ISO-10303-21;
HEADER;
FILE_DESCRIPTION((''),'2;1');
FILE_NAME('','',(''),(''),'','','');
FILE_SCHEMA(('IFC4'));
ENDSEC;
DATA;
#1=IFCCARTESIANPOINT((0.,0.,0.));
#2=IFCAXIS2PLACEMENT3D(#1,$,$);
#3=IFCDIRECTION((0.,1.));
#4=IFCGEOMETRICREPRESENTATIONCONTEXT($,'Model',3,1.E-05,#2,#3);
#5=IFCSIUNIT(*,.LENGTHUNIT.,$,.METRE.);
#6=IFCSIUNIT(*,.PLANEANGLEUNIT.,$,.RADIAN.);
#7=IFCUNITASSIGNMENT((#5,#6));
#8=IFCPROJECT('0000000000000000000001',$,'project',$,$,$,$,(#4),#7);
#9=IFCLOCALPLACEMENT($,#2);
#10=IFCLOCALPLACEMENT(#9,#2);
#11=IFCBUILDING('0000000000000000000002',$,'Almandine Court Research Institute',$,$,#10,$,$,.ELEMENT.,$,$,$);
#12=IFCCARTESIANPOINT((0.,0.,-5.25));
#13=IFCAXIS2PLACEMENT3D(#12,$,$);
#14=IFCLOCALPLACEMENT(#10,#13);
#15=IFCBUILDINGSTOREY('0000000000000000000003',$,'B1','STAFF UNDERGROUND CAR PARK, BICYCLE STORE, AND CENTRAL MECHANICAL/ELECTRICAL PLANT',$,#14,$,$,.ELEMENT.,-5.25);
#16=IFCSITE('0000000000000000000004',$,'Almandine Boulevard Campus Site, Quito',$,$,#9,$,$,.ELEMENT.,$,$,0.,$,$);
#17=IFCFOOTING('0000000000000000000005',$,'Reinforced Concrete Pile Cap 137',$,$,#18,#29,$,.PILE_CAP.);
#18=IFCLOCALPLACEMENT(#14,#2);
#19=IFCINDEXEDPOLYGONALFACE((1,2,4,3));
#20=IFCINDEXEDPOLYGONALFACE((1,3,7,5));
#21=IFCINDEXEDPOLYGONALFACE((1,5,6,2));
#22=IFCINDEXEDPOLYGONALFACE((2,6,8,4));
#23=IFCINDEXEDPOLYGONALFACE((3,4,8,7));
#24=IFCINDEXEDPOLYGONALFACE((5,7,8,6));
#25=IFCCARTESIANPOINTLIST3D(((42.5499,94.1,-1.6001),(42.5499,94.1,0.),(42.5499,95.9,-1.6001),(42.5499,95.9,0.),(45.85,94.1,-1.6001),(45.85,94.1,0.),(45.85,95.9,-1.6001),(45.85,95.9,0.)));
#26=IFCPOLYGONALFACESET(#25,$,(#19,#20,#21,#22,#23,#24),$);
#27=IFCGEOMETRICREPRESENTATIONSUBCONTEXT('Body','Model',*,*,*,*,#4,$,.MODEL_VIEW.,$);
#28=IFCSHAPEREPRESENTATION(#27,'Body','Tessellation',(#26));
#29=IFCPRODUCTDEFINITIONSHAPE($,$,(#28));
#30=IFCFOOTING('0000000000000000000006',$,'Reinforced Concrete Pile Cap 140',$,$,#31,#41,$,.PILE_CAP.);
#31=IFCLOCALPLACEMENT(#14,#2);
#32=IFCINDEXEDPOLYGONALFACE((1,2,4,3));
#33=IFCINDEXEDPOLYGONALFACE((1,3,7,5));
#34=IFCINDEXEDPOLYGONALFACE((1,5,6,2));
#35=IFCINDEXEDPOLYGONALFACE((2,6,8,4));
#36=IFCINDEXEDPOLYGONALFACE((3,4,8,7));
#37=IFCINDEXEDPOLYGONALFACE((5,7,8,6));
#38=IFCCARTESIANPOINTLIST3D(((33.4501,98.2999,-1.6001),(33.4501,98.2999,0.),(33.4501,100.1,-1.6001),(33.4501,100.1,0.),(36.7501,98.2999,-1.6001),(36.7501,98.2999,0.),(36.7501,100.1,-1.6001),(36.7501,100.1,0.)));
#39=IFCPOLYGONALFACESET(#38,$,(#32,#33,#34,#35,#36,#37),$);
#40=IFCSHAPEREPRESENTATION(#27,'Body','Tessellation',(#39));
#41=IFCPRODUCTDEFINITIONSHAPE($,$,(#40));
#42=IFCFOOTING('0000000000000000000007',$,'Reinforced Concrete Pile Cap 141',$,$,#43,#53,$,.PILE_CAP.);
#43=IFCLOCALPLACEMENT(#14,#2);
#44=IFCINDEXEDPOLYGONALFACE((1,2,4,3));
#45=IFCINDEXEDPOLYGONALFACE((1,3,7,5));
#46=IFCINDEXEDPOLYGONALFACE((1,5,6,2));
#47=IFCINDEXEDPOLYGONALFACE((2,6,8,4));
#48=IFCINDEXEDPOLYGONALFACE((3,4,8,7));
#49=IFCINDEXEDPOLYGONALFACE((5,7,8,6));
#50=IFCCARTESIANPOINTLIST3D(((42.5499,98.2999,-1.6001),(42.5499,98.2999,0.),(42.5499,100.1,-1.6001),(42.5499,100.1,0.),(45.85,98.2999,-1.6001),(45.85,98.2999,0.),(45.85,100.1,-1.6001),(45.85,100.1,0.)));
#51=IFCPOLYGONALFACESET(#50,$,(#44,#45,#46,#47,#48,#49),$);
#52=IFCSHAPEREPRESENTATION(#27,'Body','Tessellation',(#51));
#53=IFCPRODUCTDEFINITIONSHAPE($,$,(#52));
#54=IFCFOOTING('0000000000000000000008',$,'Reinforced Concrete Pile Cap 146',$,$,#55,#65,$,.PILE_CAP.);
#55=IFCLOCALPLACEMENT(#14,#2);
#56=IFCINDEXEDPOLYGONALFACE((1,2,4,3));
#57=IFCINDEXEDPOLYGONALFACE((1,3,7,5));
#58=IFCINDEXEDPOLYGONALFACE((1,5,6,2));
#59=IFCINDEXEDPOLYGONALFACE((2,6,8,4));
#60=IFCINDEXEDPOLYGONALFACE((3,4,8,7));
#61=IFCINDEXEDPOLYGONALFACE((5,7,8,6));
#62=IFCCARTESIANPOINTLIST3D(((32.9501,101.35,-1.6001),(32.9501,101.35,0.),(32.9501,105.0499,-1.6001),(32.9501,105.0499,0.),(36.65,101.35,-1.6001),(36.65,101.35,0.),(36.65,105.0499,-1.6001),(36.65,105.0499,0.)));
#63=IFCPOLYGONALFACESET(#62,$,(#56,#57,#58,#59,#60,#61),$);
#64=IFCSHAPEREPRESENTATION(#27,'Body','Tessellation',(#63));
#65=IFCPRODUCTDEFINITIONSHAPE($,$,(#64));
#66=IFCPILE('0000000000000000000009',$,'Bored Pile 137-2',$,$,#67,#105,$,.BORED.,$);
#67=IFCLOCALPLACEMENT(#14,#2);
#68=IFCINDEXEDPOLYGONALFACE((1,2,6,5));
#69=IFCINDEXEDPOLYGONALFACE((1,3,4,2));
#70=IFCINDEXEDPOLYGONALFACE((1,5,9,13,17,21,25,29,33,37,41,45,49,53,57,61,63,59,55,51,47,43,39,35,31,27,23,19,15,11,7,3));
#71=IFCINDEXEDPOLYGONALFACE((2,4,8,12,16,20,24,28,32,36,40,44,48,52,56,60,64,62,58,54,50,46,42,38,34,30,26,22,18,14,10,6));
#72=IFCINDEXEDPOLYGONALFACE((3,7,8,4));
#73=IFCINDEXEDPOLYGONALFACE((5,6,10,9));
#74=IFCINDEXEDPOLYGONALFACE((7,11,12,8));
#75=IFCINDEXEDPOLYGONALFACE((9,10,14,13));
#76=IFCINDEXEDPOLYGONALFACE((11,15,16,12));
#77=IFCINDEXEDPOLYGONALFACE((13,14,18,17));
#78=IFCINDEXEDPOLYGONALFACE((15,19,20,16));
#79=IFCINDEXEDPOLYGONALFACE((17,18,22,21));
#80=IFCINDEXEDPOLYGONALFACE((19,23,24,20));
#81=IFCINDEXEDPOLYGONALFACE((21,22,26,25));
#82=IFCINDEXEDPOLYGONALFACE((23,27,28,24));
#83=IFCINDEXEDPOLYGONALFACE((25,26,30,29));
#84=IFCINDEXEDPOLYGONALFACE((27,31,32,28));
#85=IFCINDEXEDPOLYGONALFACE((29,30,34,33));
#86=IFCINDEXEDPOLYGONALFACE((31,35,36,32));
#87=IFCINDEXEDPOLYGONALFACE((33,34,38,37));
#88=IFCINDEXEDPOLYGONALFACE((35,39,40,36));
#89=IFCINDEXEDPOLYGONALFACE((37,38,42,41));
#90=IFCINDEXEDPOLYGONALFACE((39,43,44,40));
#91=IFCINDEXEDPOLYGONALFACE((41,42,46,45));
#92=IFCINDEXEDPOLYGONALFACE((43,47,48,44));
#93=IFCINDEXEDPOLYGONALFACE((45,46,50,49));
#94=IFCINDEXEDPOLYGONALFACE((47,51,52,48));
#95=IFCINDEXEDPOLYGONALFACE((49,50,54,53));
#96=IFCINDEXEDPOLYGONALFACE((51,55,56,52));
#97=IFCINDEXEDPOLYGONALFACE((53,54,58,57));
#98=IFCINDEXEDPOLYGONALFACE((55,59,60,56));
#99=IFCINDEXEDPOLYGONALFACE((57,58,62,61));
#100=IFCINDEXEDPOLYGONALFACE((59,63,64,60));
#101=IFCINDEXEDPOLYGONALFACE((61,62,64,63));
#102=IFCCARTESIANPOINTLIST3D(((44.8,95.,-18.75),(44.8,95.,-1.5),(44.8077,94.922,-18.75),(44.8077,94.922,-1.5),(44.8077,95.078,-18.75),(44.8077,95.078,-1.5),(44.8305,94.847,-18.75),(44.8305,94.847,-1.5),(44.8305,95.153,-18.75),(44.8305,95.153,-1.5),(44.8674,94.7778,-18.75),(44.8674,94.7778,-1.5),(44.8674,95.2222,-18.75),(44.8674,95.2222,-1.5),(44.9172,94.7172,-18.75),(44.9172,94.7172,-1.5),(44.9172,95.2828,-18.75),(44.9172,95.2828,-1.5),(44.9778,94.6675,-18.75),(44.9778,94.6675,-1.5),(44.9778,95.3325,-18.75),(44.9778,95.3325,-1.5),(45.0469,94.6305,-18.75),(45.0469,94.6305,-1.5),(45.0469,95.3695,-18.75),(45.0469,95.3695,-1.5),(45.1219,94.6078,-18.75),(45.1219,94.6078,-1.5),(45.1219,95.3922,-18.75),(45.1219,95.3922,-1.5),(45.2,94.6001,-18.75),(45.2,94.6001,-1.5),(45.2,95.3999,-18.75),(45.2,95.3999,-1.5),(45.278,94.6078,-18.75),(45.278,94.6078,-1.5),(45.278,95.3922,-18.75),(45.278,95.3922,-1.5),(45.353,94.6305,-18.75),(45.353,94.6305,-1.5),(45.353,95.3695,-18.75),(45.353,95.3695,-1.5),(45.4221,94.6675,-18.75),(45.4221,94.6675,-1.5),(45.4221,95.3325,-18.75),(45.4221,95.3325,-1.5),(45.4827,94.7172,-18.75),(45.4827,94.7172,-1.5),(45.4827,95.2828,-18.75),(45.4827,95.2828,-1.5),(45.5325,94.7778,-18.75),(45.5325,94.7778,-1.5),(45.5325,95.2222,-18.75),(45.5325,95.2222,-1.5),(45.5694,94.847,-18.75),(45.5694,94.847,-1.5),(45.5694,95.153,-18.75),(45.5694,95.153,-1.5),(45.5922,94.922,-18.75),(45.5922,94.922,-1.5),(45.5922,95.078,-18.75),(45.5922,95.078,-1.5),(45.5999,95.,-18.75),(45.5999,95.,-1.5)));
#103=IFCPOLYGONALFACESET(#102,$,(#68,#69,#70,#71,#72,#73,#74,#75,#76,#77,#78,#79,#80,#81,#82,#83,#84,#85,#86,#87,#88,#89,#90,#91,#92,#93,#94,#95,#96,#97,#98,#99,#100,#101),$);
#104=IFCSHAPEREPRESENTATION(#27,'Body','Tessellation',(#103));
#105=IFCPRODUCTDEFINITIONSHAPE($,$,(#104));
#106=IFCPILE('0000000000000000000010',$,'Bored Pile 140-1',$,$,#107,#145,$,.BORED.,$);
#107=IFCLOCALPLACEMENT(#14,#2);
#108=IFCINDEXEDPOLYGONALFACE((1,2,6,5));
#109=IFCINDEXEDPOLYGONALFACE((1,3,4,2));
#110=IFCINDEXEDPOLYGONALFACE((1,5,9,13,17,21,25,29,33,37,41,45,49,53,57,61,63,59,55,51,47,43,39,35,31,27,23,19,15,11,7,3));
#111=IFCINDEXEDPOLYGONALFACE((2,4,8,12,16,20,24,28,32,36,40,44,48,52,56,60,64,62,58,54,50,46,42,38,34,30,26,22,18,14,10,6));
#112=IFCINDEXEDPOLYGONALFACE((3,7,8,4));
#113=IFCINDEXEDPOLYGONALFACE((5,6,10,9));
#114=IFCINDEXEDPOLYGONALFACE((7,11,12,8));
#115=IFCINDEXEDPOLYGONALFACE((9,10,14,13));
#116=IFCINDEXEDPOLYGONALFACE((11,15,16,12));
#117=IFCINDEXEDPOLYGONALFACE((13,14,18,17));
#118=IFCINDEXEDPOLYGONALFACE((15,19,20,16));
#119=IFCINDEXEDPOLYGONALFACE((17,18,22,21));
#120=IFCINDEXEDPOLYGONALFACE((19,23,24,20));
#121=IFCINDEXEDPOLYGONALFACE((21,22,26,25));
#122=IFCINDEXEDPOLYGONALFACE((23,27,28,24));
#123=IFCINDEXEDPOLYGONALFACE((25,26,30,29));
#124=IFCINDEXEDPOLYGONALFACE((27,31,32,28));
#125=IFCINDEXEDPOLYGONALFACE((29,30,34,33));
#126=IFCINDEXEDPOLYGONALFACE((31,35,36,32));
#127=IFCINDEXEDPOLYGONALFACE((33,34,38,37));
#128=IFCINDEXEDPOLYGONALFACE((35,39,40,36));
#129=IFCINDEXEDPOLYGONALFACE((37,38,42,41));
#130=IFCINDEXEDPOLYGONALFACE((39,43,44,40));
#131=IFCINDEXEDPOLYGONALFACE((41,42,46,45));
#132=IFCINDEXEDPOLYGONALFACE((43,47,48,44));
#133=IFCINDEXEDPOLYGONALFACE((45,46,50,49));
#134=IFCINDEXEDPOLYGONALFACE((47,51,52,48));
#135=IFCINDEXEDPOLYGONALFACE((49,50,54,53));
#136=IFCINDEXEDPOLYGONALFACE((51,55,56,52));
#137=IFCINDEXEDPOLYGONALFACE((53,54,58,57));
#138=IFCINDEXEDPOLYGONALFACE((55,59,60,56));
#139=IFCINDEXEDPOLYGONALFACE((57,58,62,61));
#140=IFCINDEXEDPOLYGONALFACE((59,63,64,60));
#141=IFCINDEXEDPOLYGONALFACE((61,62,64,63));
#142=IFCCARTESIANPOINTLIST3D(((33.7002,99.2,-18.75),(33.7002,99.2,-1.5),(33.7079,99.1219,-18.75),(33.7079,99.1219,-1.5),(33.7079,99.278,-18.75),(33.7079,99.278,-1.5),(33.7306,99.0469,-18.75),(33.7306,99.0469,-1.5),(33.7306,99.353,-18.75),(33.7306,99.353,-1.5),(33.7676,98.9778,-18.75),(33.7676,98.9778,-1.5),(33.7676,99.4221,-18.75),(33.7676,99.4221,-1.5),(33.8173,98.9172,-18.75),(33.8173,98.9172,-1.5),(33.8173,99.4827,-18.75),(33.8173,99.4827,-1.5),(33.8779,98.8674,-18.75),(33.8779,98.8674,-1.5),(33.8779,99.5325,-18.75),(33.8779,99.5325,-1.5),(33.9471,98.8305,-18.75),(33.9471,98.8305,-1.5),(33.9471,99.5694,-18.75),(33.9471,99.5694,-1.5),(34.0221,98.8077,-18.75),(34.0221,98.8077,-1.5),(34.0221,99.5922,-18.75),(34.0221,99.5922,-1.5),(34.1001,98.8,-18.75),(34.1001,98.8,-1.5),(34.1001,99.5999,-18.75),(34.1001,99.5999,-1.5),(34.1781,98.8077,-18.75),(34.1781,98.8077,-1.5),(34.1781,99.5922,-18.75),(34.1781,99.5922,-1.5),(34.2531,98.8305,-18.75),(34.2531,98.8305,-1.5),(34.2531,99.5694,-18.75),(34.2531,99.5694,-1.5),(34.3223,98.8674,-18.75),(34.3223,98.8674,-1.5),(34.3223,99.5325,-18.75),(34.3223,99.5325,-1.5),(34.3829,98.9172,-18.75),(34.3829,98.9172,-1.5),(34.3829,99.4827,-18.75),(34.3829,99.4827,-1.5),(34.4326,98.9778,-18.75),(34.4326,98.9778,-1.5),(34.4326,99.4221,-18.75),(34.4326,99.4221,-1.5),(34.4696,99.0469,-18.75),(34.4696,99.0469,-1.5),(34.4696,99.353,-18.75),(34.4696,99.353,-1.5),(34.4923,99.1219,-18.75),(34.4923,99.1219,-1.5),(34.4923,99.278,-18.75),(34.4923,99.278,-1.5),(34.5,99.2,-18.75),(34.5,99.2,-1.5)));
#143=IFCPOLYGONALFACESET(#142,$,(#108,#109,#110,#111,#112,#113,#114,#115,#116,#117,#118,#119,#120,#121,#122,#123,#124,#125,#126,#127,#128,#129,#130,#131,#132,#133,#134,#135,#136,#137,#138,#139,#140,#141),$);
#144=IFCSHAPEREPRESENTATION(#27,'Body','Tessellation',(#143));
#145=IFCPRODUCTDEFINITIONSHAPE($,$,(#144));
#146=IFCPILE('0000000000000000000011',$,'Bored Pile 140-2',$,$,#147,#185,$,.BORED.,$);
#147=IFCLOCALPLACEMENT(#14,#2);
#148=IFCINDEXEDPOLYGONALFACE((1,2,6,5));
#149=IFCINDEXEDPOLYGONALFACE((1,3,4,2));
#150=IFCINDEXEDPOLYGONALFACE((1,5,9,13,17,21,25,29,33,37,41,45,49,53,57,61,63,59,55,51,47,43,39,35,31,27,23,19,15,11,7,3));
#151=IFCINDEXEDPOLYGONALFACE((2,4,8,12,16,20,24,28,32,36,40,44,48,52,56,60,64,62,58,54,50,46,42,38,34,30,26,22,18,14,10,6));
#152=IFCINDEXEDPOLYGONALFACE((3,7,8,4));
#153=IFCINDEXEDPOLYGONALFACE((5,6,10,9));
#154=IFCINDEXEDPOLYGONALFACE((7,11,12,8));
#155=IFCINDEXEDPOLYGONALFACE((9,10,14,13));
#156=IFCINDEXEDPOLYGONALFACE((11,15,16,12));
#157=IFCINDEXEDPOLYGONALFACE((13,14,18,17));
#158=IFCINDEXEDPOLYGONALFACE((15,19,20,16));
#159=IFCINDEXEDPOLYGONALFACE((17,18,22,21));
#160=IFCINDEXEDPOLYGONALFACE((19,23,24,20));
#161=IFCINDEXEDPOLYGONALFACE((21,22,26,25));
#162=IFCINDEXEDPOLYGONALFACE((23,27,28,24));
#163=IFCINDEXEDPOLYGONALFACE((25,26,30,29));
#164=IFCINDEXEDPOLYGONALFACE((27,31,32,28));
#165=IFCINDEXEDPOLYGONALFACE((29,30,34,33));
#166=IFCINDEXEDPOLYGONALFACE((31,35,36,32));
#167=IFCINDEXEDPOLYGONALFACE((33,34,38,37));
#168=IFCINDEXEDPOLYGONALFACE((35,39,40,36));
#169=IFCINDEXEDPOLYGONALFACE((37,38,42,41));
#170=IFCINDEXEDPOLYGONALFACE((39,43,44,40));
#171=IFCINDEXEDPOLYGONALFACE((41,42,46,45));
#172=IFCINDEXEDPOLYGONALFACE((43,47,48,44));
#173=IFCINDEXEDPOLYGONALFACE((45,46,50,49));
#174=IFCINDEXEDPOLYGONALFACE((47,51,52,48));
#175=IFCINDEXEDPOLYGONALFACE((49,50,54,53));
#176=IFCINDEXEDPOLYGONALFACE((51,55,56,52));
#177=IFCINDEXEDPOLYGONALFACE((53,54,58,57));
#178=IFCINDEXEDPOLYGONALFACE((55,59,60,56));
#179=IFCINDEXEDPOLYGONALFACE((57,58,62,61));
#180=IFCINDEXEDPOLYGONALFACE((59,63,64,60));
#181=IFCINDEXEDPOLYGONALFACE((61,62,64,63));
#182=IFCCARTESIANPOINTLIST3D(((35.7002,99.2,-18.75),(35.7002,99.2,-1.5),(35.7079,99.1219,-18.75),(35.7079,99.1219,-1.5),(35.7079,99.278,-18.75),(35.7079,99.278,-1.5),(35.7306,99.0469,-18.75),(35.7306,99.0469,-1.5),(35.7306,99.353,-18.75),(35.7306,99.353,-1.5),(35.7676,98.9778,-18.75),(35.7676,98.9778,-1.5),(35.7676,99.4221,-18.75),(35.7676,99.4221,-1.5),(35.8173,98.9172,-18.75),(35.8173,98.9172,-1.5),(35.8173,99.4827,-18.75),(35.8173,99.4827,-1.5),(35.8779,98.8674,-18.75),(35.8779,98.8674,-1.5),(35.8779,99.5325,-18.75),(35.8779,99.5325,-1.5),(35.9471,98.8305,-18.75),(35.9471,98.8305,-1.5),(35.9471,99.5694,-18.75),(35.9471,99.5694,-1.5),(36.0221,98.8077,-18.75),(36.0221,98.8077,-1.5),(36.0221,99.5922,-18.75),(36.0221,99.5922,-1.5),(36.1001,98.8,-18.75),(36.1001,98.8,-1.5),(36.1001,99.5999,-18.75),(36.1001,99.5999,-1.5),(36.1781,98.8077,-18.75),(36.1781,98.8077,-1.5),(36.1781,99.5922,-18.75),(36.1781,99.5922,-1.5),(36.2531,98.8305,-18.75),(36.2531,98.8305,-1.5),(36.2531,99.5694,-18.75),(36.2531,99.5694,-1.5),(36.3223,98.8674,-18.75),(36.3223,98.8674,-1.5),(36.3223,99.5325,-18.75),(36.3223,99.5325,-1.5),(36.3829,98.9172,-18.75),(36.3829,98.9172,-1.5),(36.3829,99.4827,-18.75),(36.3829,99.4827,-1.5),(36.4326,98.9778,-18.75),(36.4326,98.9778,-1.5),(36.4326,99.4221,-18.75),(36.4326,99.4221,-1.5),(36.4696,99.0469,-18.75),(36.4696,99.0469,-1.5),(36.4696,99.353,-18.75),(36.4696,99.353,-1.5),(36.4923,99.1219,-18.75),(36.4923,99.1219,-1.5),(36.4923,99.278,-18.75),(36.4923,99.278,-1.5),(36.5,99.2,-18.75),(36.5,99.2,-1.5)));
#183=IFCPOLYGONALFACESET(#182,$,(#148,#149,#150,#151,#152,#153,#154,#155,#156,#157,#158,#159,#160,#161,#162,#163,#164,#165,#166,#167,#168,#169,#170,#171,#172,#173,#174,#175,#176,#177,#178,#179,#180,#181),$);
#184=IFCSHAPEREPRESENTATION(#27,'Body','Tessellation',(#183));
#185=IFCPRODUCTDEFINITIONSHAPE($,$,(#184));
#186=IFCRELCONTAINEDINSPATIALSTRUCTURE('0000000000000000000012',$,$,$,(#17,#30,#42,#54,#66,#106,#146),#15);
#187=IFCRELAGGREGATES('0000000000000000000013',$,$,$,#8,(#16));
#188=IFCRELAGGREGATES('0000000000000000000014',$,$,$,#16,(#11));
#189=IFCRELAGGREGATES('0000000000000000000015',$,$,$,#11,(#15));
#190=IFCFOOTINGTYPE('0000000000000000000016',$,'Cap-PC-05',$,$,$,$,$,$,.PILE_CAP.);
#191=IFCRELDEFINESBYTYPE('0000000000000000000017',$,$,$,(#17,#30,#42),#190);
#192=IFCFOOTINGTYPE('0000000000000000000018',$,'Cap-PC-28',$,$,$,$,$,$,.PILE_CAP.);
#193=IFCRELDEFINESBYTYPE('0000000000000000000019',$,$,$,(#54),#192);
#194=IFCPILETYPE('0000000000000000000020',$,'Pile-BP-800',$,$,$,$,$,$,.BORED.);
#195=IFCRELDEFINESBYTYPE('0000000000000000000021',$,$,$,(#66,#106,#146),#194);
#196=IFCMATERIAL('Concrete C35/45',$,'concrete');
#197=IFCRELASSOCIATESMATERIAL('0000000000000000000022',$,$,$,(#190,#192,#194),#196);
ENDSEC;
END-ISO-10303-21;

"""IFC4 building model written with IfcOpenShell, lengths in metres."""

from ifc_helpers import new_model, si_unit, direction, frame, origin, origin_2d, place, context, subcontext, project, spatial, rectangle, circle, extrude, material, material_profile, profile_set, type_object, element, save


model = new_model("IFC4")

# Units and contexts
model_context = context("Model", 3, precision=1e-05, world=origin(), true_north=direction((0.0, 1.0)))
body_context = subcontext(model_context, "Body", "Model", "MODEL_VIEW")
ifc_project = project(units=[si_unit("LENGTHUNIT", "METRE"), si_unit("PLANEANGLEUNIT", "RADIAN")], contexts=[model_context])

# Site, building, storey
site_placement = place(None, origin())
site = spatial("IfcSite", under=ifc_project, at=site_placement, Name="Almandine Boulevard Campus Site, Quito", CompositionType="ELEMENT", RefElevation=0.0)
building_placement = place(site_placement, origin())
building = spatial("IfcBuilding", under=site, at=building_placement, Name="Almandine Court Research Institute", CompositionType="ELEMENT")
storey_placement = place(building_placement, frame((0.0, 0.0, -5.25)))
storey = spatial("IfcBuildingStorey", under=building, at=storey_placement, Name="B1", Description="STAFF UNDERGROUND CAR PARK, BICYCLE STORE, AND CENTRAL MECHANICAL/ELECTRICAL PLANT", CompositionType="ELEMENT", Elevation=-5.25)

# Footings
ifc_material_1 = material(Name="Concrete C35/45", Category="concrete")
footing_type_1 = type_object("IfcFootingType", Name="Cap-PC-05", PredefinedType="PILE_CAP", material=ifc_material_1)
for number, where, z_axis, x_axis, name in (
    (1, (44.2, 95.0, -1.6001), (0.0, 0.0, 1.0), (1.0, 0.0, 0.0), "Reinforced Concrete Pile Cap 137"),
    (2, (35.1001, 99.2, -1.6001), (0.0, 0.0, 1.0), (1.0, 0.0, 0.0), "Reinforced Concrete Pile Cap 140"),
    (3, (44.2, 99.2, -1.6001), (0.0, 0.0, 1.0), (1.0, 0.0, 0.0), "Reinforced Concrete Pile Cap 141"),
):
    element("IfcFooting", number, at=place(storey_placement, frame(where, z_axis=z_axis, x_axis=x_axis)), inside=storey, type_object=footing_type_1, Name=name, PredefinedType="PILE_CAP", context=body_context, shape_type="SweptSolid", body=[
        extrude(rectangle(XDim=3.3, YDim=1.8, at=origin_2d()), origin(), (0.0, 0.0, 1.0), 1.6001),
    ])
footing_type_2 = type_object("IfcFootingType", Name="Cap-PC-28", PredefinedType="PILE_CAP", material=ifc_material_1)
footing_1_placement = place(storey_placement, frame((34.8, 103.2, -1.6001), z_axis=(0.0, 0.0, 1.0), x_axis=(1.0, 0.0, 0.0)))
element("IfcFooting", 4, at=footing_1_placement, inside=storey, type_object=footing_type_2, Name="Reinforced Concrete Pile Cap 146", PredefinedType="PILE_CAP", context=body_context, shape_type="SweptSolid", body=[
    extrude(rectangle(XDim=3.7, YDim=3.7, at=origin_2d()), origin(), (0.0, 0.0, 1.0), 1.6001),
])

# Piles
ifc_material_profile_1 = material_profile(ifc_material_1, circle(Radius=0.3999, at=origin_2d()), Name="BORED PILE D800")
ifc_profile_set_1 = profile_set([ifc_material_profile_1], Name="Concrete C35/45")
pile_type = type_object("IfcPileType", Name="Pile-BP-800", PredefinedType="BORED", material=ifc_profile_set_1)
for number, where, z_axis, x_axis, name in (
    (5, (45.2, 95.0, -1.5), (0.0, 0.0, -1.0), (1.0, 0.0, 0.0), "Bored Pile 137-2"),
    (6, (34.1001, 99.2, -1.5), (0.0, 0.0, -1.0), (1.0, 0.0, 0.0), "Bored Pile 140-1"),
    (7, (36.1001, 99.2, -1.5), (0.0, 0.0, -1.0), (1.0, 0.0, 0.0), "Bored Pile 140-2"),
):
    element("IfcPile", number, at=place(storey_placement, frame(where, z_axis=z_axis, x_axis=x_axis)), inside=storey, type_object=pile_type, Name=name, PredefinedType="BORED", context=body_context, shape_type="SweptSolid", body=[
        extrude(circle(Radius=0.3999, at=origin_2d()), origin(), (0.0, 0.0, 1.0), 17.25),
    ])

save(model, "model.ifc")
